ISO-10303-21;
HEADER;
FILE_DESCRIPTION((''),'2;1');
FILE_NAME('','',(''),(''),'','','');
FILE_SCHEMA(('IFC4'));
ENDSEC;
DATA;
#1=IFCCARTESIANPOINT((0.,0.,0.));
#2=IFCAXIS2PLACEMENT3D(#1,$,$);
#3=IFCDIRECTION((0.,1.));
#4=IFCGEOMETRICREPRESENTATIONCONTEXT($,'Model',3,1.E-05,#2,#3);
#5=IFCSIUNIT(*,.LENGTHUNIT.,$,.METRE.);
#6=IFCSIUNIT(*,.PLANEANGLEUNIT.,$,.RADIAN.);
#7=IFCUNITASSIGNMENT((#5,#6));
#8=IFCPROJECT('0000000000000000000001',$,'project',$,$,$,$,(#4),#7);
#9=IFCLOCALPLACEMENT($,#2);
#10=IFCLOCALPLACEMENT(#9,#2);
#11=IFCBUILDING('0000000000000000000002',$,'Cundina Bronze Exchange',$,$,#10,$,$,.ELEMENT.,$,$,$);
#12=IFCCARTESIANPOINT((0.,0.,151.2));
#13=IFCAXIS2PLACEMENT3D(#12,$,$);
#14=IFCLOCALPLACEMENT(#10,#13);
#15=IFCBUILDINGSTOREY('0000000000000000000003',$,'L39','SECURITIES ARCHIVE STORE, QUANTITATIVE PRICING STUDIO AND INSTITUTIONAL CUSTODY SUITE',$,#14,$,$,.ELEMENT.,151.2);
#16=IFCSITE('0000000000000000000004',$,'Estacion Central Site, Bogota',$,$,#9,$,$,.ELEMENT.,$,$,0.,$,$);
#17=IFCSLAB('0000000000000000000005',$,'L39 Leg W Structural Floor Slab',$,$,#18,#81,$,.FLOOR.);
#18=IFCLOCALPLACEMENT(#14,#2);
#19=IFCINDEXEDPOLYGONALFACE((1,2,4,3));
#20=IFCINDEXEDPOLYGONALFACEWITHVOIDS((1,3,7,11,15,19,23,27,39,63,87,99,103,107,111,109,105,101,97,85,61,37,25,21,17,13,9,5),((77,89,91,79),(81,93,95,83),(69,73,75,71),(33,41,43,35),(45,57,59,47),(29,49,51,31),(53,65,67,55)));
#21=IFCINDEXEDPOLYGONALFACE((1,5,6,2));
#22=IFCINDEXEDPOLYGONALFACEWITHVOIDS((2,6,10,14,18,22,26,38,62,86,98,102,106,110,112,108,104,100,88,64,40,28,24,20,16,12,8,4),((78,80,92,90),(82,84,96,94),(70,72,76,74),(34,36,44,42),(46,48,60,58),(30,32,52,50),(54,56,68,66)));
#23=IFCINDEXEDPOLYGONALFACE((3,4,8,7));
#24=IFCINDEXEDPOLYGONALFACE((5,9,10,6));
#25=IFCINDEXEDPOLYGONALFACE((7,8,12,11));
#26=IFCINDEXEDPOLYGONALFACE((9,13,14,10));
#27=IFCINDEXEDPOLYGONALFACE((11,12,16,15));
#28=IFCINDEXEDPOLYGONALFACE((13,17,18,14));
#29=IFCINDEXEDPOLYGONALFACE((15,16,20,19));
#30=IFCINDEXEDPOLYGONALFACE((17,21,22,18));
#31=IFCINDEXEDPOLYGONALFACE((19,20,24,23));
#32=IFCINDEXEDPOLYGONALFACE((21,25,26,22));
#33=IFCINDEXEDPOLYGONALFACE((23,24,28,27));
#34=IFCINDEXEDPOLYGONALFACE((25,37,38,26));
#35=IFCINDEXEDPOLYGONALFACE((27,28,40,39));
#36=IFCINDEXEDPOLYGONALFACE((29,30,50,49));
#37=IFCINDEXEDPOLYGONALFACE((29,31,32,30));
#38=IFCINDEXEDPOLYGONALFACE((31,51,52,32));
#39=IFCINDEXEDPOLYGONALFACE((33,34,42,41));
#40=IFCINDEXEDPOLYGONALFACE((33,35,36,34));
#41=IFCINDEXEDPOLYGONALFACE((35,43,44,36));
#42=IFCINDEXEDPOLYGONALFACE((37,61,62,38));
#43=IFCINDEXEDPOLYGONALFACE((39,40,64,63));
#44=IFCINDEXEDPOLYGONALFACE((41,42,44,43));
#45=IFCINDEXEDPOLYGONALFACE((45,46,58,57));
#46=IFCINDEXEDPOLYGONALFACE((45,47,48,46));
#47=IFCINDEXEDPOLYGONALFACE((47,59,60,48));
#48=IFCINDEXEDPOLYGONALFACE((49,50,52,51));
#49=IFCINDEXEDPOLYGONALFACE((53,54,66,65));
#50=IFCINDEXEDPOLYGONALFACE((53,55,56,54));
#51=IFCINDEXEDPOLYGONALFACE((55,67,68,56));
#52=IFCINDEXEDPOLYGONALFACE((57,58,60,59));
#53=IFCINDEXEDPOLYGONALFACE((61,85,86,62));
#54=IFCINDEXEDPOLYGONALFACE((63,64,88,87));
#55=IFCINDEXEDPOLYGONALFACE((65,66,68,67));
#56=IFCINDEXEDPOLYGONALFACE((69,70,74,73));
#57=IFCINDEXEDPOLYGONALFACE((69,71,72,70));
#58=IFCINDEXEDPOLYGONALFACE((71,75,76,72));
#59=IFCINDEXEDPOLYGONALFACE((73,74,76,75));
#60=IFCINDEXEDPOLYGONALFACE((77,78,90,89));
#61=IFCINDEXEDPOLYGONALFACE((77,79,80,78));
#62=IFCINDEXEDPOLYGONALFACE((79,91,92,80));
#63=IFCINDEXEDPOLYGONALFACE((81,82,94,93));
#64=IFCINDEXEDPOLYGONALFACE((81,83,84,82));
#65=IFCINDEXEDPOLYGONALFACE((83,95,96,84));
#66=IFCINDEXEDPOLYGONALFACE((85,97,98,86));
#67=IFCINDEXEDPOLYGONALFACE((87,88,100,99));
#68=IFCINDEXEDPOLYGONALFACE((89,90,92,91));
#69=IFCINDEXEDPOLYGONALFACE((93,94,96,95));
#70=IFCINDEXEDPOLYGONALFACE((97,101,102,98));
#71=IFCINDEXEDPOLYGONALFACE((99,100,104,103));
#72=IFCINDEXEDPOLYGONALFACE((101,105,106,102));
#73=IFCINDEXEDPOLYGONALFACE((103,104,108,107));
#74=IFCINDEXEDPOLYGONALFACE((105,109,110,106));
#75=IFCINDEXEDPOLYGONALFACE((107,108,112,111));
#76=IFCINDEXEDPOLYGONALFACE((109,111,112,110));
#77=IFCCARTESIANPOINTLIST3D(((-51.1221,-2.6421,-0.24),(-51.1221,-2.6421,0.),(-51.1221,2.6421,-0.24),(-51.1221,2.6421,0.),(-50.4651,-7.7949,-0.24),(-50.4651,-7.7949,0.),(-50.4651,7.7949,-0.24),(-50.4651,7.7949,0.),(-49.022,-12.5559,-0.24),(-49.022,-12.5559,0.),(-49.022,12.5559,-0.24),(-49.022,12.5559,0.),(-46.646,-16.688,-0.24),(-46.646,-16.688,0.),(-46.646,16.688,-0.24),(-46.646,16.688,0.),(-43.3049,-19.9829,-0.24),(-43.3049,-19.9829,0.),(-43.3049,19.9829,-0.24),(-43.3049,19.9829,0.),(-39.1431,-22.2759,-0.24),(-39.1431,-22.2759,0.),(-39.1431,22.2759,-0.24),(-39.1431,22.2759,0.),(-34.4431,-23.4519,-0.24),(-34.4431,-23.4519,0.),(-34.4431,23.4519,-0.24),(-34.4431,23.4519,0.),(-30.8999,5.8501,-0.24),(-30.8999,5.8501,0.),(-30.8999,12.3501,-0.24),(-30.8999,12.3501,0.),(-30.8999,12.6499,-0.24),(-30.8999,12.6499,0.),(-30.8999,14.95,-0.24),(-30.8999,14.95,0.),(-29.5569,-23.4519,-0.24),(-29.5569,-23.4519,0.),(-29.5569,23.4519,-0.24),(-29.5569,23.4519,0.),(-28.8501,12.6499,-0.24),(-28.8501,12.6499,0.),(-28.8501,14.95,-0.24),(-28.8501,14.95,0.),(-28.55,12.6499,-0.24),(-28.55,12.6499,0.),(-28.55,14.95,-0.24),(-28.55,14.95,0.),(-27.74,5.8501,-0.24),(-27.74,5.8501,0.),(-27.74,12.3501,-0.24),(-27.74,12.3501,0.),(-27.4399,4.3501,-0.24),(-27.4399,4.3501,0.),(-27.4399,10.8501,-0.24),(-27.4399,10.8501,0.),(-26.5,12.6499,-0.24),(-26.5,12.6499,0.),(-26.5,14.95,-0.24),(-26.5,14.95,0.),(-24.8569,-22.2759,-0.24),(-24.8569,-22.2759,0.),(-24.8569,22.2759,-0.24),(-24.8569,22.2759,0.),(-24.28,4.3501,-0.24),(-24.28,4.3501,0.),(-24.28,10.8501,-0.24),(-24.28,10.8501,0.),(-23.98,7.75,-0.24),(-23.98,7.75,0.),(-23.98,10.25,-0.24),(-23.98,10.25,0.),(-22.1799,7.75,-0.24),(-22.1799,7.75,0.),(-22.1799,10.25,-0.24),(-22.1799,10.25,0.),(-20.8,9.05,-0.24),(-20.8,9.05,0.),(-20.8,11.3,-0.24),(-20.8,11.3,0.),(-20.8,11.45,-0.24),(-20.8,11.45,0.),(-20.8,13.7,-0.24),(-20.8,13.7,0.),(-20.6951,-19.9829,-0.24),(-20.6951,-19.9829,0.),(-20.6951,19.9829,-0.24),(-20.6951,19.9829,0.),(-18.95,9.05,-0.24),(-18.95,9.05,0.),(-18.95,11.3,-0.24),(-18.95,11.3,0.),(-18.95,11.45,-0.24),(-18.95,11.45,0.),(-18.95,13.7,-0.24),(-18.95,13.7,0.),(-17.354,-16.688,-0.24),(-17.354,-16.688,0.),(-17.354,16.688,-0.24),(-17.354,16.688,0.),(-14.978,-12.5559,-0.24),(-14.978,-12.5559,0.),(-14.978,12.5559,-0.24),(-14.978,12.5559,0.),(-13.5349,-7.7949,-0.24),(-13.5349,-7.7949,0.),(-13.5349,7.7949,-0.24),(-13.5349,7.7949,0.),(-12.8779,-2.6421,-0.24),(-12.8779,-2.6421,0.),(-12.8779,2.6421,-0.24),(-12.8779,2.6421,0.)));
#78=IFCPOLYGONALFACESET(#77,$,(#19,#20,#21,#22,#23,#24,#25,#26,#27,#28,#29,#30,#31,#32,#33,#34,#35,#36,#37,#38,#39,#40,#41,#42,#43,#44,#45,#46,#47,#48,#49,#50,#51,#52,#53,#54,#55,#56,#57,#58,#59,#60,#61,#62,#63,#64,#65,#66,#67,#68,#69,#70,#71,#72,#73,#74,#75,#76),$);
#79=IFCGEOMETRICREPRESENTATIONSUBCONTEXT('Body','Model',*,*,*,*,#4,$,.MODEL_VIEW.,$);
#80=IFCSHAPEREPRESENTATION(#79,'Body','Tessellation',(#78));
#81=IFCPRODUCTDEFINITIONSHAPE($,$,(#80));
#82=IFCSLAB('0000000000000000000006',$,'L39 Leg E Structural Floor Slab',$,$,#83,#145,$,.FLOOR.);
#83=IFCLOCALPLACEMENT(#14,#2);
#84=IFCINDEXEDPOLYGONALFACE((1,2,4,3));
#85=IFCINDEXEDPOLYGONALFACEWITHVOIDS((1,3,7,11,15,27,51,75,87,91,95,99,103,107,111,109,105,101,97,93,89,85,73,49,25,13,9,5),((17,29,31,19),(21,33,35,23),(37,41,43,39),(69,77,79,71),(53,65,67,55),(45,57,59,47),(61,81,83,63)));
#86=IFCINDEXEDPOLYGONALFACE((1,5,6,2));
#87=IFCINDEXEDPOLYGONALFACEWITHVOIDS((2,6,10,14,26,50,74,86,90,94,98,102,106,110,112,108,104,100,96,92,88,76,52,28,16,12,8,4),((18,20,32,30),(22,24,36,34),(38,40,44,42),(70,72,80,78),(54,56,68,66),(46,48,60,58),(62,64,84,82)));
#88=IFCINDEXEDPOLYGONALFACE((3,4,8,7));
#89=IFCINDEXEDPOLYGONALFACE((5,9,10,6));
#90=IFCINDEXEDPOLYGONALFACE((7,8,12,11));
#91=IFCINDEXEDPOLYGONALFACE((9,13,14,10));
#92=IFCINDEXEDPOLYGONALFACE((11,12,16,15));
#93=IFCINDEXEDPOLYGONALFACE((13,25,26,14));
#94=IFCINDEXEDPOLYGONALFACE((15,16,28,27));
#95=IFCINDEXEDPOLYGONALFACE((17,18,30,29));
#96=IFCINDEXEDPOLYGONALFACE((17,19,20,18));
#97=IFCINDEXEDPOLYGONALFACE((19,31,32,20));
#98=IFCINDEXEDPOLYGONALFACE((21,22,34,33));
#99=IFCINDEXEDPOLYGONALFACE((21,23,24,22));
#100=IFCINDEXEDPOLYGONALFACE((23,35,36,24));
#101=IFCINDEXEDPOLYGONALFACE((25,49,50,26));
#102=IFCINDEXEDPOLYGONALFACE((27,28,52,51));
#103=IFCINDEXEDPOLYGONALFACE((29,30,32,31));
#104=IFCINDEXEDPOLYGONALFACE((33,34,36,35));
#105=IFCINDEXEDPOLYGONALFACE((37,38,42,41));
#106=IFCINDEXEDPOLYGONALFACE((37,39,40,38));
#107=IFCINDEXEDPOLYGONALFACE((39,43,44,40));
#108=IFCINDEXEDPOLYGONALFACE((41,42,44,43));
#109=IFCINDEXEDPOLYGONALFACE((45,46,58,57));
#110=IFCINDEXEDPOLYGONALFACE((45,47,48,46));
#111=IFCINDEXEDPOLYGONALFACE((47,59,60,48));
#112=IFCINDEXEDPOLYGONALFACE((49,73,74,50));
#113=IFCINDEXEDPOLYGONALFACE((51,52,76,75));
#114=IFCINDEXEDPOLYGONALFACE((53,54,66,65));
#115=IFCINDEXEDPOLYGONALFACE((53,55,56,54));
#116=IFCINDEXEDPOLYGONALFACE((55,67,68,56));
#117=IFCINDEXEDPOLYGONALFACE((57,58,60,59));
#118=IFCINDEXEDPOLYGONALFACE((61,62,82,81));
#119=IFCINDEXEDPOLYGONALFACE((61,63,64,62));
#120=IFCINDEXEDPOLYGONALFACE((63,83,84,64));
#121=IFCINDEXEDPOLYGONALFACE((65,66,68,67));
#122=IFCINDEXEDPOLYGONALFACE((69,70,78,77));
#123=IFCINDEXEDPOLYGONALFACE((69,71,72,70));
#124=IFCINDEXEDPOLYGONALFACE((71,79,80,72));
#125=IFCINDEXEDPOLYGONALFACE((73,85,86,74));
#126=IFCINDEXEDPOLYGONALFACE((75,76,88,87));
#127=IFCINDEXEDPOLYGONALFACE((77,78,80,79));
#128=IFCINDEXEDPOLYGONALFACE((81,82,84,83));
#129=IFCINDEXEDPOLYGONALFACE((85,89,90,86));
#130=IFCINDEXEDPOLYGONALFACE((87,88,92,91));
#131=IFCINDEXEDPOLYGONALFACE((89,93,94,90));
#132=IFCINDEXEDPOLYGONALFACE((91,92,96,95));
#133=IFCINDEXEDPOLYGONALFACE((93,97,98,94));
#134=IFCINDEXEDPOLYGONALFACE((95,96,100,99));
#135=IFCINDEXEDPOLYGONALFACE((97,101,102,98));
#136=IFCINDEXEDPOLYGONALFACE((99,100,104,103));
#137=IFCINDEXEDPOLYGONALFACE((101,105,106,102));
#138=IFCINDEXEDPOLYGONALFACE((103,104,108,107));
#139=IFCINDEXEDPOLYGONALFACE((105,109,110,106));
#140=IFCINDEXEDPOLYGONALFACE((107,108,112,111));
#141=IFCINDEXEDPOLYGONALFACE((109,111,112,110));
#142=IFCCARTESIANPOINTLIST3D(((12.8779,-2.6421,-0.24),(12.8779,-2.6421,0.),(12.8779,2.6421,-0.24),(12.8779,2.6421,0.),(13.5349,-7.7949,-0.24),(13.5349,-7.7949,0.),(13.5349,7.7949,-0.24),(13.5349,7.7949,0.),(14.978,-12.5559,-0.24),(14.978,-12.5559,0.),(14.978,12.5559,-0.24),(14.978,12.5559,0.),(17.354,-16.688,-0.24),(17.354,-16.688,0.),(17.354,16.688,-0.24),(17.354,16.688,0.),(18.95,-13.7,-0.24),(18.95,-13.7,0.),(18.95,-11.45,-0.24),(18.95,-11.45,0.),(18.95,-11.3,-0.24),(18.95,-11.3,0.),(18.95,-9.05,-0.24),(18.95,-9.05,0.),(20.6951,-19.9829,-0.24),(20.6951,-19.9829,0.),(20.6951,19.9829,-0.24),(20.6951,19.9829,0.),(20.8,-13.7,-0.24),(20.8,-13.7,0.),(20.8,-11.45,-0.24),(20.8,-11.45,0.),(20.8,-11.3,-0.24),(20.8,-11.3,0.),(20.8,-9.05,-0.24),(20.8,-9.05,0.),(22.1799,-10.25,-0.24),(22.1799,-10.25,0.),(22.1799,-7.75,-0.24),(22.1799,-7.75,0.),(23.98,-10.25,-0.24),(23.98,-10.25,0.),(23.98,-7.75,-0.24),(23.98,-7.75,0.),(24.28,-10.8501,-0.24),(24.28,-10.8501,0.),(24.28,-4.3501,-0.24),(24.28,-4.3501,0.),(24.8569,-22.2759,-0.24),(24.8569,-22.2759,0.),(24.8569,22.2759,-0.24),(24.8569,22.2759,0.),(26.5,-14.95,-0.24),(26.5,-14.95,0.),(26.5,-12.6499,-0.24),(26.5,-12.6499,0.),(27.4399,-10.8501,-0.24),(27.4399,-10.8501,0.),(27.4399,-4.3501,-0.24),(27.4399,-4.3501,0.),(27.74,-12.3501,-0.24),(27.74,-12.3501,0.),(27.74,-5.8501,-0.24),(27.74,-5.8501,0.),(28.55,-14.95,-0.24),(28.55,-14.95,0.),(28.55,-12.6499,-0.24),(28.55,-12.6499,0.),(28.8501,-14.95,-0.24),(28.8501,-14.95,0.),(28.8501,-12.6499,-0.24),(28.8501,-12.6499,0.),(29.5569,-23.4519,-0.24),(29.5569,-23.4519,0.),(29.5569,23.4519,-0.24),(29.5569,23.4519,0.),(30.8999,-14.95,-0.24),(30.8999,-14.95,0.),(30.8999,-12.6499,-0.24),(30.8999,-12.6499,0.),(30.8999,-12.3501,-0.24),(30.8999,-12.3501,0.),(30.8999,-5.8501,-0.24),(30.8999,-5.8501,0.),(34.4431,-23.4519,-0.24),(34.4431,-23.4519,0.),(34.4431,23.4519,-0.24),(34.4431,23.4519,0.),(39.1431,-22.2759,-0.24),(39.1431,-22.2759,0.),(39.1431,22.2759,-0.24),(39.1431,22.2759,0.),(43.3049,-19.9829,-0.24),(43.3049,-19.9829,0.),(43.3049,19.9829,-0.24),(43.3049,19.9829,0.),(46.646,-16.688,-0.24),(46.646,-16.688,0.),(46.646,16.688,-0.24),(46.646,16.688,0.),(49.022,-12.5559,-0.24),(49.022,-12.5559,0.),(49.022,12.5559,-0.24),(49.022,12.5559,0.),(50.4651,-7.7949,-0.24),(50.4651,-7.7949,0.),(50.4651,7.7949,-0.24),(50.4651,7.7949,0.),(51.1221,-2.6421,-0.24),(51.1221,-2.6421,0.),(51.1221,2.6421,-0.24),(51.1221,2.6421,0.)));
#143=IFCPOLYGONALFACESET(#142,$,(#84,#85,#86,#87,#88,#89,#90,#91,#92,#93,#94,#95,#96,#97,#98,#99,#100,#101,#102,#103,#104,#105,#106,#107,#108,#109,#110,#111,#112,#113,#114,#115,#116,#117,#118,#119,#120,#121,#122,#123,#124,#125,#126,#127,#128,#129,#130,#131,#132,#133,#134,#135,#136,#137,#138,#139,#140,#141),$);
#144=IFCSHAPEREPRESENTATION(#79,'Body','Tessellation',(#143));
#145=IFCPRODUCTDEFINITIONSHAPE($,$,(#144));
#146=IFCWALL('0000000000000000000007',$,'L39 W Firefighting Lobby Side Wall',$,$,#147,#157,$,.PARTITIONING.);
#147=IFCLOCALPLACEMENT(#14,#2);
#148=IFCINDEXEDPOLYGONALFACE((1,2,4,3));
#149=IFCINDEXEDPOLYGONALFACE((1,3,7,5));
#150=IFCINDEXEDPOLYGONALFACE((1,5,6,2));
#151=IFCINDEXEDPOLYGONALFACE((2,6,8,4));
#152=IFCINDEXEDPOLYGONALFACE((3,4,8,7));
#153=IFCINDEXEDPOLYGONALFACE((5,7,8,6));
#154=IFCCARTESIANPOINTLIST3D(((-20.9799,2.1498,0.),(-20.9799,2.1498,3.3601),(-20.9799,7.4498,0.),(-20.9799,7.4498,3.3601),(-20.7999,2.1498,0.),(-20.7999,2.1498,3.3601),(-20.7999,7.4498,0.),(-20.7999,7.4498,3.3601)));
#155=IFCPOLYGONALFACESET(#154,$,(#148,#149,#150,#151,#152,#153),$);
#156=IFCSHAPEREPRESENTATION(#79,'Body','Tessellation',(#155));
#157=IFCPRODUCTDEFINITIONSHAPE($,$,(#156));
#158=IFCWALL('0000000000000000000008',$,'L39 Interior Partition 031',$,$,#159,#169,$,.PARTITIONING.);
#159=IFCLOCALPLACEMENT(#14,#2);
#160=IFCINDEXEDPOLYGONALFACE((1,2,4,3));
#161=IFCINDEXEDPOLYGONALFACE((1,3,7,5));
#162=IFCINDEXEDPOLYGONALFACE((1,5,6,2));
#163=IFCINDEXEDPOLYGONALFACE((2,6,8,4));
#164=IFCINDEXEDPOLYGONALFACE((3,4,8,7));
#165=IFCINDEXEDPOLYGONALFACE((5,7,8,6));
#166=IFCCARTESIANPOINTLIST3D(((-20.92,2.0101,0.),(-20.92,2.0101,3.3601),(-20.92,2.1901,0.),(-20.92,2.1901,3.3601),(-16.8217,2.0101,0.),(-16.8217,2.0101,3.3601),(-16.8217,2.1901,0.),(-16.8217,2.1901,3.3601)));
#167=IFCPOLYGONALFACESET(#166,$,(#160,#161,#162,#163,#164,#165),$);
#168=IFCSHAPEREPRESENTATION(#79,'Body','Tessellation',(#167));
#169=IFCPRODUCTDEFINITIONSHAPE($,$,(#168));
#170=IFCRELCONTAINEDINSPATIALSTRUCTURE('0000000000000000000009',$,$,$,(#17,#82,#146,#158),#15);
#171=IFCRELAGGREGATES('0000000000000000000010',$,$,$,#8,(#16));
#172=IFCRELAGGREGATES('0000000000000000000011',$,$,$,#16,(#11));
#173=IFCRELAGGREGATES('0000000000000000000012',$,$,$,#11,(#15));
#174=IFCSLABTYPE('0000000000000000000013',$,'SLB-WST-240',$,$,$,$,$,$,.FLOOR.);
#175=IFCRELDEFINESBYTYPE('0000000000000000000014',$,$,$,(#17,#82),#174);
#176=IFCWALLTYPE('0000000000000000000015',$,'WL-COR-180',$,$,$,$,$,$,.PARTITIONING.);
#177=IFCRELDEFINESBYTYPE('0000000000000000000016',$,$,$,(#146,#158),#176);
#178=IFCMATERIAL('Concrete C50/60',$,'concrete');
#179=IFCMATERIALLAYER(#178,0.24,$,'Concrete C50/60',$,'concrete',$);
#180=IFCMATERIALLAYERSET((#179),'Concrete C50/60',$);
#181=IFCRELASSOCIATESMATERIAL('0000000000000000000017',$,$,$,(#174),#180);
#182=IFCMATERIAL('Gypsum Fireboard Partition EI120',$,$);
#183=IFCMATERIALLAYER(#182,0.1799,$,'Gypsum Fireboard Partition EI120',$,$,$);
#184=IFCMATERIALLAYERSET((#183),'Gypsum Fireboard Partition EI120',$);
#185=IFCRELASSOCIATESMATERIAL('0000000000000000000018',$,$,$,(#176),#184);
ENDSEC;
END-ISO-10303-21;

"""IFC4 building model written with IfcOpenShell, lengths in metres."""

from ifc_helpers import new_model, si_unit, direction, frame, frame_2d, origin, place, context, subcontext, project, spatial, polyline, rectangle, outline, extrude, material, layer, layer_set, type_object, element, save


model = new_model("IFC4")

# Units and contexts
model_context = context("Model", 3, precision=1e-05, world=origin(), true_north=direction((0.0, 1.0)))
body_context = subcontext(model_context, "Body", "Model", "MODEL_VIEW")
ifc_project = project(units=[si_unit("LENGTHUNIT", "METRE"), si_unit("PLANEANGLEUNIT", "RADIAN")], contexts=[model_context])

# Site, building, storey
site_placement = place(None, origin())
site = spatial("IfcSite", under=ifc_project, at=site_placement, Name="Estacion Central Site, Bogota", CompositionType="ELEMENT", RefElevation=0.0)
building_placement = place(site_placement, origin())
building = spatial("IfcBuilding", under=site, at=building_placement, Name="Cundina Bronze Exchange", CompositionType="ELEMENT")
storey_placement = place(building_placement, frame((0.0, 0.0, 151.2)))
storey = spatial("IfcBuildingStorey", under=building, at=storey_placement, Name="L39", Description="SECURITIES ARCHIVE STORE, QUANTITATIVE PRICING STUDIO AND INSTITUTIONAL CUSTODY SUITE", CompositionType="ELEMENT", Elevation=151.2)

# Shared definitions
ifc_material_1 = material(Name="Concrete C50/60", Category="concrete")

# Slabs
ifc_layer_1 = layer(ifc_material_1, 0.24, Name="Concrete C50/60", Category="concrete")
ifc_layer_set_1 = layer_set([ifc_layer_1], Name="Concrete C50/60")
slab_type_1 = type_object("IfcSlabType", Name="SLB-WST-240", PredefinedType="FLOOR", material=ifc_layer_set_1)
slab_1_placement = place(storey_placement, frame((0.0, 0.0, -0.24)))
element("IfcSlab", 1, at=slab_1_placement, inside=storey, type_object=slab_type_1, Name="L39 Leg W Structural Floor Slab", PredefinedType="FLOOR", context=body_context, shape_type="SweptSolid", body=[
    extrude(outline(polyline([(-12.8779, 2.6421), (-13.5349, 7.7949), (-14.978, 12.5559), (-17.354, 16.688), (-20.6951, 19.9829), (-24.8569, 22.2759), (-29.5569, 23.4519), (-34.4431, 23.4519), (-39.1431, 22.2759), (-43.3049, 19.9829), (-46.646, 16.688), (-49.022, 12.5559), (-50.4651, 7.7949), (-51.1221, 2.6421), (-51.1221, -2.6421), (-50.4651, -7.7949), (-49.022, -12.5559), (-46.646, -16.688), (-43.3049, -19.9829), (-39.1431, -22.2759), (-34.4431, -23.4519), (-29.5569, -23.4519), (-24.8569, -22.2759), (-20.6951, -19.9829), (-17.354, -16.688), (-14.978, -12.5559), (-13.5349, -7.7949), (-12.8779, -2.6421), (-12.8779, 2.6421)]), holes=[polyline([(-27.74, 5.8501), (-27.74, 12.3501), (-30.8999, 12.3501), (-30.8999, 5.8501), (-27.74, 5.8501)]), polyline([(-27.4399, 10.8501), (-27.4399, 4.3501), (-24.28, 4.3501), (-24.28, 10.8501), (-27.4399, 10.8501)]), polyline([(-23.98, 10.25), (-22.1799, 10.25), (-22.1799, 7.75), (-23.98, 7.75), (-23.98, 10.25)]), polyline([(-30.8999, 14.95), (-28.8501, 14.95), (-28.8501, 12.6499), (-30.8999, 12.6499), (-30.8999, 14.95)]), polyline([(-28.55, 14.95), (-26.5, 14.95), (-26.5, 12.6499), (-28.55, 12.6499), (-28.55, 14.95)]), polyline([(-20.8, 13.7), (-18.95, 13.7), (-18.95, 11.45), (-20.8, 11.45), (-20.8, 13.7)]), polyline([(-20.8, 11.3), (-18.95, 11.3), (-18.95, 9.05), (-20.8, 9.05), (-20.8, 11.3)])]), origin(), (0.0, 0.0, 1.0), 0.24),
])
slab_2_placement = place(storey_placement, frame((0.0, 0.0, -0.24)))
element("IfcSlab", 2, at=slab_2_placement, inside=storey, type_object=slab_type_1, Name="L39 Leg E Structural Floor Slab", PredefinedType="FLOOR", context=body_context, shape_type="SweptSolid", body=[
    extrude(outline(polyline([(51.1221, 2.6421), (50.4651, 7.7949), (49.022, 12.5559), (46.646, 16.688), (43.3049, 19.9829), (39.1431, 22.2759), (34.4431, 23.4519), (29.5569, 23.4519), (24.8569, 22.2759), (20.6951, 19.9829), (17.354, 16.688), (14.978, 12.5559), (13.5349, 7.7949), (12.8779, 2.6421), (12.8779, -2.6421), (13.5349, -7.7949), (14.978, -12.5559), (17.354, -16.688), (20.6951, -19.9829), (24.8569, -22.2759), (29.5569, -23.4519), (34.4431, -23.4519), (39.1431, -22.2759), (43.3049, -19.9829), (46.646, -16.688), (49.022, -12.5559), (50.4651, -7.7949), (51.1221, -2.6421), (51.1221, 2.6421)]), holes=[polyline([(27.74, -5.8501), (27.74, -12.3501), (30.8999, -12.3501), (30.8999, -5.8501), (27.74, -5.8501)]), polyline([(27.4399, -10.8501), (27.4399, -4.3501), (24.28, -4.3501), (24.28, -10.8501), (27.4399, -10.8501)]), polyline([(22.1799, -7.75), (23.98, -7.75), (23.98, -10.25), (22.1799, -10.25), (22.1799, -7.75)]), polyline([(28.8501, -12.6499), (30.8999, -12.6499), (30.8999, -14.95), (28.8501, -14.95), (28.8501, -12.6499)]), polyline([(26.5, -12.6499), (28.55, -12.6499), (28.55, -14.95), (26.5, -14.95), (26.5, -12.6499)]), polyline([(18.95, -11.45), (20.8, -11.45), (20.8, -13.7), (18.95, -13.7), (18.95, -11.45)]), polyline([(18.95, -9.05), (20.8, -9.05), (20.8, -11.3), (18.95, -11.3), (18.95, -9.05)])]), origin(), (0.0, 0.0, 1.0), 0.24),
])

# Walls
ifc_material_2 = material(Name="Gypsum Fireboard Partition EI120")
ifc_layer_2 = layer(ifc_material_2, 0.1799, Name="Gypsum Fireboard Partition EI120")
ifc_layer_set_2 = layer_set([ifc_layer_2], Name="Gypsum Fireboard Partition EI120")
wall_type = type_object("IfcWallType", Name="WL-COR-180", PredefinedType="PARTITIONING", material=ifc_layer_set_2)
wall_1_placement = place(storey_placement, frame((-20.8899, 2.1499, 0.0), z_axis=(0.0, 0.0, 1.0), x_axis=(0.0, 1.0, 0.0)))
element("IfcWall", 3, at=wall_1_placement, inside=storey, type_object=wall_type, Name="L39 W Firefighting Lobby Side Wall", PredefinedType="PARTITIONING", context=body_context, shape_type="SweptSolid", body=[
    extrude(rectangle(XDim=5.3, YDim=0.1799, at=frame_2d((2.6499, 0.0))), origin(), (0.0, 0.0, 1.0), 3.3601),
])
wall_2_placement = place(storey_placement, frame((-16.8215, 2.1001, 0.0), z_axis=(0.0, 0.0, 1.0), x_axis=(-1.0, 0.0, 0.0)))
element("IfcWall", 4, at=wall_2_placement, inside=storey, type_object=wall_type, Name="L39 Interior Partition 031", PredefinedType="PARTITIONING", context=body_context, shape_type="SweptSolid", body=[
    extrude(rectangle(XDim=4.0984, YDim=0.1799, at=frame_2d((2.0493, 0.0))), origin(), (0.0, 0.0, 1.0), 3.3601),
])

save(model, "model.ifc")
